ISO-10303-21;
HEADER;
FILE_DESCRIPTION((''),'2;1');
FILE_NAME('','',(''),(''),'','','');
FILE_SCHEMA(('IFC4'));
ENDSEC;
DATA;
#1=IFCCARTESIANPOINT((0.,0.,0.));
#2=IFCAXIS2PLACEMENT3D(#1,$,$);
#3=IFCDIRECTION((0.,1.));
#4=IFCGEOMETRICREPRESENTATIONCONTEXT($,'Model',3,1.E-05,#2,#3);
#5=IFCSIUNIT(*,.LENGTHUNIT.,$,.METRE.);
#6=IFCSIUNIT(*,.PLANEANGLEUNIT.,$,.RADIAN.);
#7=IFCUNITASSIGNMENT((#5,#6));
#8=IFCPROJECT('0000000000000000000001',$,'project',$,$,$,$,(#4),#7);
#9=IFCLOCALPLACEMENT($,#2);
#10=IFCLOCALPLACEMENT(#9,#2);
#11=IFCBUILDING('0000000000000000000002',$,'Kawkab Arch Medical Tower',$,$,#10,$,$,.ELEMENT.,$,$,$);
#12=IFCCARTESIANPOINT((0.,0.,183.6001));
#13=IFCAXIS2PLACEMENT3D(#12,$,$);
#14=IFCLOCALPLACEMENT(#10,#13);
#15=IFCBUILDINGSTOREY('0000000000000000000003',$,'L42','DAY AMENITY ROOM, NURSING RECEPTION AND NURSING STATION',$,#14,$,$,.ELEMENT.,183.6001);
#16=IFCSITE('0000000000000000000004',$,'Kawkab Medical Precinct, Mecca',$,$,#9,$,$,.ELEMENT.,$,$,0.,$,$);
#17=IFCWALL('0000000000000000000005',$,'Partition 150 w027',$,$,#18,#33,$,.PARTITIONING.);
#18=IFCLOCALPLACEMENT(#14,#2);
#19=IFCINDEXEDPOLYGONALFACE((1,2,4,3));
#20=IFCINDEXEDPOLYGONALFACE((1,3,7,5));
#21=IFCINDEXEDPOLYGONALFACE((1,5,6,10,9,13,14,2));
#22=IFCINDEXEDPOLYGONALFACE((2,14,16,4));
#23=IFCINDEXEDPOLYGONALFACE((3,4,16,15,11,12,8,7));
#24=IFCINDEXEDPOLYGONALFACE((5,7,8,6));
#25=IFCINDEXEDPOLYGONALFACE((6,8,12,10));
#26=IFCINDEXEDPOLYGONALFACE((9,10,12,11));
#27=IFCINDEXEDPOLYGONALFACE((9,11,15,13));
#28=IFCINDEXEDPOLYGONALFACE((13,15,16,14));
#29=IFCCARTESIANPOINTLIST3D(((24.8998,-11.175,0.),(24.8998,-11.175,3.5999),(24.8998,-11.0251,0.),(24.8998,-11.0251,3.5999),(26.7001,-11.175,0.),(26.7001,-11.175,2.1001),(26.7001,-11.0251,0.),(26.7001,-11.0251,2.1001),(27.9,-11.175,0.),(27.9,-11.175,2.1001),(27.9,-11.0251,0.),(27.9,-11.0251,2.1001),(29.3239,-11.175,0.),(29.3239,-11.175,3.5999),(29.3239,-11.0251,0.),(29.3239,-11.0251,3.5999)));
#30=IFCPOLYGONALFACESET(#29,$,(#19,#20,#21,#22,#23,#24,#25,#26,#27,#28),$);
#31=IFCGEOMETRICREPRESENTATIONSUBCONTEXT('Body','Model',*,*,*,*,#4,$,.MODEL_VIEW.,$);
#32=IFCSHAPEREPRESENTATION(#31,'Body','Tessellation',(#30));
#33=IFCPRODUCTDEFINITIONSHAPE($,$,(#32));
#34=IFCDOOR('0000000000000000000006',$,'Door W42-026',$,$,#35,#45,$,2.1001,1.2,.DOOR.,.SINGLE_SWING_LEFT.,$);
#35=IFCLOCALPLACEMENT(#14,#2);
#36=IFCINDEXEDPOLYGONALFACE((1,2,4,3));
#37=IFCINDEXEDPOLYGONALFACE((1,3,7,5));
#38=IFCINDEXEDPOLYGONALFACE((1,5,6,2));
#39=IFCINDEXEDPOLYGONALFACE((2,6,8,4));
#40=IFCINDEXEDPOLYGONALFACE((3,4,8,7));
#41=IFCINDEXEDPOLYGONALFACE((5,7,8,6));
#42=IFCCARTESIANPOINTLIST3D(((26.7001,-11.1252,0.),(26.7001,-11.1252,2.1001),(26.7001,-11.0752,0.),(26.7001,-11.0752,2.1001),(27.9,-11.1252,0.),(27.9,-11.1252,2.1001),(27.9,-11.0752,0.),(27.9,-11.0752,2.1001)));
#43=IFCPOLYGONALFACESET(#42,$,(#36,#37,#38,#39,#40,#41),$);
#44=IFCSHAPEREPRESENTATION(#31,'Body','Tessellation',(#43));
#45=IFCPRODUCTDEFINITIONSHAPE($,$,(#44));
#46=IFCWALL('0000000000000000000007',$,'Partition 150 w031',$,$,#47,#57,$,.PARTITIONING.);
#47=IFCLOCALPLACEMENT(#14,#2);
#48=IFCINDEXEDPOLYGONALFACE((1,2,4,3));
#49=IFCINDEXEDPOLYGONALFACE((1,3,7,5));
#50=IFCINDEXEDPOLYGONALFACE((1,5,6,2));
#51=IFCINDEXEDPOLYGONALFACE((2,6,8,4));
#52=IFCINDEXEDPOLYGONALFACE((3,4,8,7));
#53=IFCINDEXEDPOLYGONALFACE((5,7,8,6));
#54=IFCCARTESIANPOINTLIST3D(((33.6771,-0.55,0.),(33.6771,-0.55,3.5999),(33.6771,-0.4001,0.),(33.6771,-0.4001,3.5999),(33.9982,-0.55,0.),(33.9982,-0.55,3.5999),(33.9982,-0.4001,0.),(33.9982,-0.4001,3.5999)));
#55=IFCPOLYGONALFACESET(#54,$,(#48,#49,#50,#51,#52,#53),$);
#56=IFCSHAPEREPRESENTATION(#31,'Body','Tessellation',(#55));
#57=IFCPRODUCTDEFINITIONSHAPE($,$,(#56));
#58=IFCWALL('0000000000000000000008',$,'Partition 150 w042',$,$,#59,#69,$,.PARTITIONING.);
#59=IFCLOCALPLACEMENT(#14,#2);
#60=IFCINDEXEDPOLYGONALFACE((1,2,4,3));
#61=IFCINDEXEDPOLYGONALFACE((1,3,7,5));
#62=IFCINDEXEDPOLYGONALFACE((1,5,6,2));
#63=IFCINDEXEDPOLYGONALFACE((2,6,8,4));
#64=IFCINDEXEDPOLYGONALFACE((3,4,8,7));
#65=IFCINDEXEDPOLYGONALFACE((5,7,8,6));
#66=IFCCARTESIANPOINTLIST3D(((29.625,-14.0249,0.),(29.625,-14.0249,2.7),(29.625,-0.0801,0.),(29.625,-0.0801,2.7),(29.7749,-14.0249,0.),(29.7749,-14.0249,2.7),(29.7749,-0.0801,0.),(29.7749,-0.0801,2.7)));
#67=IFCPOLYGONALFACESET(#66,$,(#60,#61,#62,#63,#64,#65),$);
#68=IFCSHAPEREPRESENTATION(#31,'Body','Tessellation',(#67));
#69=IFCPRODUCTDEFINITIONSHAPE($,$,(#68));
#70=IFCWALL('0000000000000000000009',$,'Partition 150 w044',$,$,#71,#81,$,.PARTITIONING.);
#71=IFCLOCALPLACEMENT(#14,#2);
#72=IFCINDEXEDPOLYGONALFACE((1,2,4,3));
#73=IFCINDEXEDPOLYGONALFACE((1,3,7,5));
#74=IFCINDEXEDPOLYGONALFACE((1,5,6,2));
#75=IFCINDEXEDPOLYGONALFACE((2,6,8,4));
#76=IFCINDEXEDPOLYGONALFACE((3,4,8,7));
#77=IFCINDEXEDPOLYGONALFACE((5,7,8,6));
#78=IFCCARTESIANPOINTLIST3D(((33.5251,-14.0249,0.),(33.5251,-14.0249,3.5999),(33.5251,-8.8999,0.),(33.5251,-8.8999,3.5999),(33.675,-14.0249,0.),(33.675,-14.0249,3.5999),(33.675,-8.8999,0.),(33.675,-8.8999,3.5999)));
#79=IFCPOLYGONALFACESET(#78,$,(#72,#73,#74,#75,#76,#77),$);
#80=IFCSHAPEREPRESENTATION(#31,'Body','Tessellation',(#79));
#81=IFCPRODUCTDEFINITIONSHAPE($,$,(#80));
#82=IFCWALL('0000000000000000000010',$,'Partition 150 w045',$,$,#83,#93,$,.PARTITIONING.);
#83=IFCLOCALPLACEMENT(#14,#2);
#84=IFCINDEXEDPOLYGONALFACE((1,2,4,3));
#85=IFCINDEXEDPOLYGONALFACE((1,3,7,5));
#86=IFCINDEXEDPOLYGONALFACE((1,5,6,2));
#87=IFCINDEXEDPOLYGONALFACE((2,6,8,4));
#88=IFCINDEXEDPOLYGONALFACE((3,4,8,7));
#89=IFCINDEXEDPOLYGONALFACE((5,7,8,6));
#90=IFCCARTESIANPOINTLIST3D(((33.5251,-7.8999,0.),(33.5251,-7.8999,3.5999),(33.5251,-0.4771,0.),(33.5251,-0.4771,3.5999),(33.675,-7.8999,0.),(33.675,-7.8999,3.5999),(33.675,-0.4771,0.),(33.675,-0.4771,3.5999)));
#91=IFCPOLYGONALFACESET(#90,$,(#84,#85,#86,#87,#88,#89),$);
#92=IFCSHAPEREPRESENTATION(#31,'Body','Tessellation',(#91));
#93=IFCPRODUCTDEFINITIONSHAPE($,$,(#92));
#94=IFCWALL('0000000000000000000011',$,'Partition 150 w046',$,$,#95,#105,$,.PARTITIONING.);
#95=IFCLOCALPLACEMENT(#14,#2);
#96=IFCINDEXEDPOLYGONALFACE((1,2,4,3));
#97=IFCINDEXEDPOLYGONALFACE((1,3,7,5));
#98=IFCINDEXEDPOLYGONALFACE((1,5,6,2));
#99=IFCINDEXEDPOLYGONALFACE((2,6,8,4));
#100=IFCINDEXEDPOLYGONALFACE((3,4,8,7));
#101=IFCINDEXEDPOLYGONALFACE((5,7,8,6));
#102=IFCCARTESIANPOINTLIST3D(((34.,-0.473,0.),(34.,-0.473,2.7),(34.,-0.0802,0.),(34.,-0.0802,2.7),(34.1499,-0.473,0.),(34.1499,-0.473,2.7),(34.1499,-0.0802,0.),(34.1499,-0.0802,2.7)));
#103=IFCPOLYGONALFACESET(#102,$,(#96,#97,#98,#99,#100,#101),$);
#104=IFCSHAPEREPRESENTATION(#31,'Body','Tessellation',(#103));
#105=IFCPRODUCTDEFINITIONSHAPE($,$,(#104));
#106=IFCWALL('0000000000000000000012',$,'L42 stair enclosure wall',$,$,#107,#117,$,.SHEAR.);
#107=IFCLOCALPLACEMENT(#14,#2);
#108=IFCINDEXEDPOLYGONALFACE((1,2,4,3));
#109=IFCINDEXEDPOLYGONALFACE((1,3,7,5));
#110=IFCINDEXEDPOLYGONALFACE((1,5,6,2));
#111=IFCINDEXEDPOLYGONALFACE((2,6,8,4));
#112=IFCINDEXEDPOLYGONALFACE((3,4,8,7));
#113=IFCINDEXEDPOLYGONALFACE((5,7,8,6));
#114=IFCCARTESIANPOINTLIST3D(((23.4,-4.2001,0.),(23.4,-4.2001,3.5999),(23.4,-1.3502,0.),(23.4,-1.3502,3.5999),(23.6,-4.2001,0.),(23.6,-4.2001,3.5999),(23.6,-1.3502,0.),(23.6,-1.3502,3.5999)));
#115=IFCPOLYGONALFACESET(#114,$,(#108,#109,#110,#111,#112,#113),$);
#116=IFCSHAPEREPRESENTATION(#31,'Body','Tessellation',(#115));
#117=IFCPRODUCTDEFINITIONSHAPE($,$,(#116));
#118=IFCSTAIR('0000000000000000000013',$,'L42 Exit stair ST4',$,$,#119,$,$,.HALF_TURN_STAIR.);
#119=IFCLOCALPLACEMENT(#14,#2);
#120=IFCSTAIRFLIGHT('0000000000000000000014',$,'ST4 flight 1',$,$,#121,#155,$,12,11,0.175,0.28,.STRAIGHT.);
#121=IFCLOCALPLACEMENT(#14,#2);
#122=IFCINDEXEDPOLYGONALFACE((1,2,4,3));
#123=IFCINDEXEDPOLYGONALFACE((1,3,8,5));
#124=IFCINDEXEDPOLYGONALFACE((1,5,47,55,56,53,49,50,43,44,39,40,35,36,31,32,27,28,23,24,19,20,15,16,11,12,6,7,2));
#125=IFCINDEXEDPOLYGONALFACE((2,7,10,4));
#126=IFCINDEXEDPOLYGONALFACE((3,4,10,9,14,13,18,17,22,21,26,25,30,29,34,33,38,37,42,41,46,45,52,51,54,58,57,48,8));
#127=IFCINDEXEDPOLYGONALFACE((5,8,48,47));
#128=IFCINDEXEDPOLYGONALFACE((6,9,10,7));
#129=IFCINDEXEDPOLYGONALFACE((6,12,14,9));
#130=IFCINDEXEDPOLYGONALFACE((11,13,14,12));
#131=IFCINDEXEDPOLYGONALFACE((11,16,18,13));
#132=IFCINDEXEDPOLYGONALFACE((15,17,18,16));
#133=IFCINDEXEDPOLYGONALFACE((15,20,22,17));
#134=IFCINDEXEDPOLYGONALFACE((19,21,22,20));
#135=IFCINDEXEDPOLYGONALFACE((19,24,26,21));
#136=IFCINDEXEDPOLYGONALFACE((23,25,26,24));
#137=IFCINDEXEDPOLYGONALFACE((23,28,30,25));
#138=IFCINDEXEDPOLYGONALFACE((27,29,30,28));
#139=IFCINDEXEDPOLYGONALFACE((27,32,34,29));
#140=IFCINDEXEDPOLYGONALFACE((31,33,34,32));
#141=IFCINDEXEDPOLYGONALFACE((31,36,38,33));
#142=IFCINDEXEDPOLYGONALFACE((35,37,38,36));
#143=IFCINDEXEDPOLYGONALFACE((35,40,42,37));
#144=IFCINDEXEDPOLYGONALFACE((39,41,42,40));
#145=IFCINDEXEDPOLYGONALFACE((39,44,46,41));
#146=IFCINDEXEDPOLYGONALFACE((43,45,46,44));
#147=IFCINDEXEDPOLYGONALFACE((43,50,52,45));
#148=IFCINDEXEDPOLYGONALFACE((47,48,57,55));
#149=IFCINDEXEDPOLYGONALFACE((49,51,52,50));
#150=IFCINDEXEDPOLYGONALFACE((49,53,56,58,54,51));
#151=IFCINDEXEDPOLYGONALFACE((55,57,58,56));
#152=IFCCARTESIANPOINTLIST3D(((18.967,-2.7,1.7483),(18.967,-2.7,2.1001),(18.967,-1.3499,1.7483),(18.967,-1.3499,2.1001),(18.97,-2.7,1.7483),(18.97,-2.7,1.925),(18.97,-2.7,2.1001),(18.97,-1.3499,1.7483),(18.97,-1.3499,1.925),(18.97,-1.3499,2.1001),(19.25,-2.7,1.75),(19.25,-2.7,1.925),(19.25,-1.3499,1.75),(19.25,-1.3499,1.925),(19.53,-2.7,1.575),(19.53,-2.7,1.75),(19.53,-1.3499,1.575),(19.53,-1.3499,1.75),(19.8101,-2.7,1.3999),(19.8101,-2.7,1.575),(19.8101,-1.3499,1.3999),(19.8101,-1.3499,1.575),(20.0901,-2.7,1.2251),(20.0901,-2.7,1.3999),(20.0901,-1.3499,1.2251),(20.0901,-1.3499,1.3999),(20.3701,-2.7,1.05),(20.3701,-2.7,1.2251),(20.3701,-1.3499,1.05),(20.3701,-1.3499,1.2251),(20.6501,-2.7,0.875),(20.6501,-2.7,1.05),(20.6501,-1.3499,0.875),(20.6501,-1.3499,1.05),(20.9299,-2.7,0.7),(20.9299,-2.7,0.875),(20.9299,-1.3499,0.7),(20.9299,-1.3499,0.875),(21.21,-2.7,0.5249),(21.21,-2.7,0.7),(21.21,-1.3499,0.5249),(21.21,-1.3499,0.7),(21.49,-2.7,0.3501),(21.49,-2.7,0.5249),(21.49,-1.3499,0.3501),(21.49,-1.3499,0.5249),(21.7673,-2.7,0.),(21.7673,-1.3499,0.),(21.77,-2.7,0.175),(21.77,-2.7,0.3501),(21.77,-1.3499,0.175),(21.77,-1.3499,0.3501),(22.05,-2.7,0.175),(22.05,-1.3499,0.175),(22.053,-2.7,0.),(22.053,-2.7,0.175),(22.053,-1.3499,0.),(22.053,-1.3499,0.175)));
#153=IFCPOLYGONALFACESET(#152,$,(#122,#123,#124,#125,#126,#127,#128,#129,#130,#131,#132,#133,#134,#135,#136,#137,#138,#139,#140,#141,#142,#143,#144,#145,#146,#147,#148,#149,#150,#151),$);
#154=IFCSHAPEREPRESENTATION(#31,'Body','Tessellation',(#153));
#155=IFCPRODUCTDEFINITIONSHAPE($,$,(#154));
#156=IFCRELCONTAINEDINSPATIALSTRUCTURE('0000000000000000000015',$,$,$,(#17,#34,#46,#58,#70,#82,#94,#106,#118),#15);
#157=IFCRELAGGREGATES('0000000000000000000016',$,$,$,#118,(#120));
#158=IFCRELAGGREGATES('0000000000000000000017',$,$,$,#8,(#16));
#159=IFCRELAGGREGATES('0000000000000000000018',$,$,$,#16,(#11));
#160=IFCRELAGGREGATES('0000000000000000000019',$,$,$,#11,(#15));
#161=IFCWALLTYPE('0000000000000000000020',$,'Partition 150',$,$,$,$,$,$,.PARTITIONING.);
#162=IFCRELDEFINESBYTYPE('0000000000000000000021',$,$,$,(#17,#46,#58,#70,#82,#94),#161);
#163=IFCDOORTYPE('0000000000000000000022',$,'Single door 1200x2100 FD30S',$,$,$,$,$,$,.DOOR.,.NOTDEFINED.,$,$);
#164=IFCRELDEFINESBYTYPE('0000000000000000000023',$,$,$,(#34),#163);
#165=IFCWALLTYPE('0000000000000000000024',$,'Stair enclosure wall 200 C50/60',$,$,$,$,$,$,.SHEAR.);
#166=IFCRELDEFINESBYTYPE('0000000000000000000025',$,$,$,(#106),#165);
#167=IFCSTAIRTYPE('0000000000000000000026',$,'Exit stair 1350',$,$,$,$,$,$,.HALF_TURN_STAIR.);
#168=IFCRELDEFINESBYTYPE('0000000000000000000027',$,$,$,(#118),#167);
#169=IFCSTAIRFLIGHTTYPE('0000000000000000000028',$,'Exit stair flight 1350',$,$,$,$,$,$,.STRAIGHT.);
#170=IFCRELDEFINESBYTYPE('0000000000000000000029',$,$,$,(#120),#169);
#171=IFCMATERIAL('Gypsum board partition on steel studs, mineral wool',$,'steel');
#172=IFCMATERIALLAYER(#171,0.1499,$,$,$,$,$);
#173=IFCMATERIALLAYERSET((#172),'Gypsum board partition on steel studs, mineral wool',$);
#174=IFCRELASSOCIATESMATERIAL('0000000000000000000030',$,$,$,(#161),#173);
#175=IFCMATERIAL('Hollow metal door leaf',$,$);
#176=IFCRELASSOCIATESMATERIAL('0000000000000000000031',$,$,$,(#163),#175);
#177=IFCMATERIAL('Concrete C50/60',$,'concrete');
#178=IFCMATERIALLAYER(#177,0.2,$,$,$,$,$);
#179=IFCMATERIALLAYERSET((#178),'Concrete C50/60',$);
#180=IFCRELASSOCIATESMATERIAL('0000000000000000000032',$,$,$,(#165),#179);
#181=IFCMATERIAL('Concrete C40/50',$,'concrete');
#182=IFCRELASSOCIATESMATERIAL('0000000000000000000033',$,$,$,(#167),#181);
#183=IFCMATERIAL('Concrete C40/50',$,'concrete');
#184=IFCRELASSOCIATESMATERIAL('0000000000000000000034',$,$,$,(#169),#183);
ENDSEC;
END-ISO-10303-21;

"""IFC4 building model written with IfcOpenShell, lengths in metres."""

from ifc_helpers import new_model, si_unit, direction, frame, frame_2d, origin, place, context, subcontext, project, spatial, polyline, rectangle, outline, extrude, material, layer, layer_set, type_object, element, fill, aggregate, save


model = new_model("IFC4")

# Units and contexts
model_context = context("Model", 3, precision=1e-05, world=origin(), true_north=direction((0.0, 1.0)))
body_context = subcontext(model_context, "Body", "Model", "MODEL_VIEW")
ifc_project = project(units=[si_unit("LENGTHUNIT", "METRE"), si_unit("PLANEANGLEUNIT", "RADIAN")], contexts=[model_context])

# Site, building, storey
site_placement = place(None, origin())
site = spatial("IfcSite", under=ifc_project, at=site_placement, Name="Kawkab Medical Precinct, Mecca", CompositionType="ELEMENT", RefElevation=0.0)
building_placement = place(site_placement, origin())
building = spatial("IfcBuilding", under=site, at=building_placement, Name="Kawkab Arch Medical Tower", CompositionType="ELEMENT")
storey_placement = place(building_placement, frame((0.0, 0.0, 183.6001)))
storey = spatial("IfcBuildingStorey", under=building, at=storey_placement, Name="L42", Description="DAY AMENITY ROOM, NURSING RECEPTION AND NURSING STATION", CompositionType="ELEMENT", Elevation=183.6001)

# Shared definitions
placement = place(storey_placement, origin())

# Wall, opening, door
ifc_material_1 = material(Name="Gypsum board partition on steel studs, mineral wool", Category="steel")
ifc_layer_1 = layer(ifc_material_1, 0.1499)
ifc_layer_set_1 = layer_set([ifc_layer_1], Name="Gypsum board partition on steel studs, mineral wool")
wall_type_1 = type_object("IfcWallType", Name="Partition 150", PredefinedType="PARTITIONING", material=ifc_layer_set_1)
wall_1_placement = place(storey_placement, frame((24.8999, -11.1001, 0.0), z_axis=(0.0, 0.0, 1.0), x_axis=(1.0, 0.0, 0.0)))
wall_1 = element("IfcWall", 1, at=wall_1_placement, inside=storey, type_object=wall_type_1, Name="Partition 150 w027", PredefinedType="PARTITIONING", context=body_context, shape_type="SweptSolid", body=[
    extrude(rectangle(XDim=4.4241, YDim=0.1499, at=frame_2d((2.2119, 0.0))), origin(), (0.0, 0.0, 1.0), 3.5999),
])
opening_1_placement = place(wall_1_placement, frame((1.8, 0.0, 0.0)))
opening_1 = element("IfcOpeningElement", 2, at=opening_1_placement, cuts=wall_1, PredefinedType="OPENING", context=body_context, shape_type="SweptSolid", body=[
    extrude(rectangle(XDim=1.2, YDim=2.1001, at=frame_2d((0.6001, 1.05))), frame((0.0, 0.085, 0.0), z_axis=(0.0, -1.0, 0.0), x_axis=(1.0, 0.0, 0.0)), (0.0, 0.0, 1.0), 0.1699),
])
ifc_material_2 = material(Name="Hollow metal door leaf")
door_type_1 = type_object("IfcDoorType", Name="Single door 1200x2100 FD30S", OperationType="NOTDEFINED", PredefinedType="DOOR", material=ifc_material_2)
door_1_placement = place(opening_1_placement, origin())
door_1 = element("IfcDoor", 3, at=door_1_placement, inside=storey, type_object=door_type_1, Name="Door W42-026", OperationType="SINGLE_SWING_LEFT", OverallHeight=2.1001, OverallWidth=1.2, PredefinedType="DOOR", context=body_context, shape_type="SweptSolid", body=[
    extrude(rectangle(XDim=1.2, YDim=2.1001, at=frame_2d((0.6001, 1.05))), frame((0.0, 0.0249, 0.0), z_axis=(0.0, -1.0, 0.0), x_axis=(1.0, 0.0, 0.0)), (0.0, 0.0, 1.0), 0.05),
])
fill(opening_1, door_1)

# Walls
wall_2_placement = place(storey_placement, frame((33.677, -0.4751, 0.0), z_axis=(0.0, 0.0, 1.0), x_axis=(1.0, 0.0, 0.0)))
element("IfcWall", 4, at=wall_2_placement, inside=storey, type_object=wall_type_1, Name="Partition 150 w031", PredefinedType="PARTITIONING", context=body_context, shape_type="SweptSolid", body=[
    extrude(rectangle(XDim=0.321, YDim=0.1499, at=frame_2d((0.1606, 0.0))), origin(), (0.0, 0.0, 1.0), 3.5999),
])
wall_3_placement = place(storey_placement, frame((29.7, -14.0249, 0.0), z_axis=(0.0, 0.0, 1.0), x_axis=(0.0, 1.0, 0.0)))
element("IfcWall", 5, at=wall_3_placement, inside=storey, type_object=wall_type_1, Name="Partition 150 w042", PredefinedType="PARTITIONING", context=body_context, shape_type="SweptSolid", body=[
    extrude(rectangle(XDim=13.9448, YDim=0.1499, at=frame_2d((6.9724, 0.0))), origin(), (0.0, 0.0, 1.0), 2.7),
])
wall_4_placement = place(storey_placement, frame((33.6001, -14.0249, 0.0), z_axis=(0.0, 0.0, 1.0), x_axis=(0.0, 1.0, 0.0)))
element("IfcWall", 6, at=wall_4_placement, inside=storey, type_object=wall_type_1, Name="Partition 150 w044", PredefinedType="PARTITIONING", context=body_context, shape_type="SweptSolid", body=[
    extrude(rectangle(XDim=5.125, YDim=0.1499, at=frame_2d((2.5625, 0.0))), origin(), (0.0, 0.0, 1.0), 3.5999),
])
wall_5_placement = place(storey_placement, frame((33.6001, -7.8999, 0.0), z_axis=(0.0, 0.0, 1.0), x_axis=(0.0, 1.0, 0.0)))
element("IfcWall", 7, at=wall_5_placement, inside=storey, type_object=wall_type_1, Name="Partition 150 w045", PredefinedType="PARTITIONING", context=body_context, shape_type="SweptSolid", body=[
    extrude(rectangle(XDim=7.4229, YDim=0.1499, at=frame_2d((3.7114, 0.0))), origin(), (0.0, 0.0, 1.0), 3.5999),
])
wall_6_placement = place(storey_placement, frame((34.075, -0.4729, 0.0), z_axis=(0.0, 0.0, 1.0), x_axis=(0.0, 1.0, 0.0)))
element("IfcWall", 8, at=wall_6_placement, inside=storey, type_object=wall_type_1, Name="Partition 150 w046", PredefinedType="PARTITIONING", context=body_context, shape_type="SweptSolid", body=[
    extrude(rectangle(XDim=0.3928, YDim=0.1499, at=frame_2d((0.1963, 0.0))), origin(), (0.0, 0.0, 1.0), 2.7),
])
ifc_material_3 = material(Name="Concrete C50/60", Category="concrete")
ifc_layer_2 = layer(ifc_material_3, 0.2)
ifc_layer_set_2 = layer_set([ifc_layer_2], Name="Concrete C50/60")
wall_type_2 = type_object("IfcWallType", Name="Stair enclosure wall 200 C50/60", PredefinedType="SHEAR", material=ifc_layer_set_2)
wall_7_placement = place(storey_placement, frame((23.5, -4.2, 0.0), z_axis=(0.0, 0.0, 1.0), x_axis=(0.0, 1.0, 0.0)))
element("IfcWall", 9, at=wall_7_placement, inside=storey, type_object=wall_type_2, Name="L42 stair enclosure wall", PredefinedType="SHEAR", context=body_context, shape_type="SweptSolid", body=[
    extrude(rectangle(XDim=2.8499, YDim=0.2, at=frame_2d((1.4248, 0.0))), origin(), (0.0, 0.0, 1.0), 3.5999),
])

# Stair, stair flight
ifc_material_4 = material(Name="Concrete C40/50", Category="concrete")
stair_type = type_object("IfcStairType", Name="Exit stair 1350", PredefinedType="HALF_TURN_STAIR", material=ifc_material_4)
stair = element("IfcStair", 10, at=placement, inside=storey, type_object=stair_type, Name="L42 Exit stair ST4", PredefinedType="HALF_TURN_STAIR")
ifc_material_5 = material(Name="Concrete C40/50", Category="concrete")
stair_flight_type = type_object("IfcStairFlightType", Name="Exit stair flight 1350", PredefinedType="STRAIGHT", material=ifc_material_5)
stair_flight_placement = place(storey_placement, frame((22.05, -2.0249, 0.0), z_axis=(0.0, 0.0, 1.0), x_axis=(-1.0, 0.0, 0.0)))
stair_flight = element("IfcStairFlight", 11, at=stair_flight_placement, type_object=stair_flight_type, Name="ST4 flight 1", NumberOfRisers=12, NumberOfTreads=11, PredefinedType="STRAIGHT", RiserHeight=0.175, TreadLength=0.28, context=body_context, shape_type="SweptSolid", body=[
    extrude(outline(polyline([(-0.0029, 0.0), (-0.0029, 0.175), (0.0, 0.175), (0.28, 0.175), (0.28, 0.3501), (0.5601, 0.3501), (0.5601, 0.5249), (0.8401, 0.5249), (0.8401, 0.7), (1.1201, 0.7), (1.1201, 0.875), (1.3999, 0.875), (1.3999, 1.05), (1.6799, 1.05), (1.6799, 1.2251), (1.96, 1.2251), (1.96, 1.3999), (2.24, 1.3999), (2.24, 1.575), (2.52, 1.575), (2.52, 1.75), (2.8, 1.75), (2.8, 1.925), (3.0801, 1.925), (3.0801, 2.1001), (3.083, 2.1001), (3.083, 1.7483), (3.0801, 1.7483), (0.2827, 0.0), (-0.0029, 0.0)])), frame((0.0, 0.675, 0.0), z_axis=(0.0, -1.0, 0.0), x_axis=(1.0, 0.0, 0.0)), (0.0, 0.0, 1.0), 1.3501),
])
aggregate(stair, [stair_flight])

save(model, "model.ifc")
